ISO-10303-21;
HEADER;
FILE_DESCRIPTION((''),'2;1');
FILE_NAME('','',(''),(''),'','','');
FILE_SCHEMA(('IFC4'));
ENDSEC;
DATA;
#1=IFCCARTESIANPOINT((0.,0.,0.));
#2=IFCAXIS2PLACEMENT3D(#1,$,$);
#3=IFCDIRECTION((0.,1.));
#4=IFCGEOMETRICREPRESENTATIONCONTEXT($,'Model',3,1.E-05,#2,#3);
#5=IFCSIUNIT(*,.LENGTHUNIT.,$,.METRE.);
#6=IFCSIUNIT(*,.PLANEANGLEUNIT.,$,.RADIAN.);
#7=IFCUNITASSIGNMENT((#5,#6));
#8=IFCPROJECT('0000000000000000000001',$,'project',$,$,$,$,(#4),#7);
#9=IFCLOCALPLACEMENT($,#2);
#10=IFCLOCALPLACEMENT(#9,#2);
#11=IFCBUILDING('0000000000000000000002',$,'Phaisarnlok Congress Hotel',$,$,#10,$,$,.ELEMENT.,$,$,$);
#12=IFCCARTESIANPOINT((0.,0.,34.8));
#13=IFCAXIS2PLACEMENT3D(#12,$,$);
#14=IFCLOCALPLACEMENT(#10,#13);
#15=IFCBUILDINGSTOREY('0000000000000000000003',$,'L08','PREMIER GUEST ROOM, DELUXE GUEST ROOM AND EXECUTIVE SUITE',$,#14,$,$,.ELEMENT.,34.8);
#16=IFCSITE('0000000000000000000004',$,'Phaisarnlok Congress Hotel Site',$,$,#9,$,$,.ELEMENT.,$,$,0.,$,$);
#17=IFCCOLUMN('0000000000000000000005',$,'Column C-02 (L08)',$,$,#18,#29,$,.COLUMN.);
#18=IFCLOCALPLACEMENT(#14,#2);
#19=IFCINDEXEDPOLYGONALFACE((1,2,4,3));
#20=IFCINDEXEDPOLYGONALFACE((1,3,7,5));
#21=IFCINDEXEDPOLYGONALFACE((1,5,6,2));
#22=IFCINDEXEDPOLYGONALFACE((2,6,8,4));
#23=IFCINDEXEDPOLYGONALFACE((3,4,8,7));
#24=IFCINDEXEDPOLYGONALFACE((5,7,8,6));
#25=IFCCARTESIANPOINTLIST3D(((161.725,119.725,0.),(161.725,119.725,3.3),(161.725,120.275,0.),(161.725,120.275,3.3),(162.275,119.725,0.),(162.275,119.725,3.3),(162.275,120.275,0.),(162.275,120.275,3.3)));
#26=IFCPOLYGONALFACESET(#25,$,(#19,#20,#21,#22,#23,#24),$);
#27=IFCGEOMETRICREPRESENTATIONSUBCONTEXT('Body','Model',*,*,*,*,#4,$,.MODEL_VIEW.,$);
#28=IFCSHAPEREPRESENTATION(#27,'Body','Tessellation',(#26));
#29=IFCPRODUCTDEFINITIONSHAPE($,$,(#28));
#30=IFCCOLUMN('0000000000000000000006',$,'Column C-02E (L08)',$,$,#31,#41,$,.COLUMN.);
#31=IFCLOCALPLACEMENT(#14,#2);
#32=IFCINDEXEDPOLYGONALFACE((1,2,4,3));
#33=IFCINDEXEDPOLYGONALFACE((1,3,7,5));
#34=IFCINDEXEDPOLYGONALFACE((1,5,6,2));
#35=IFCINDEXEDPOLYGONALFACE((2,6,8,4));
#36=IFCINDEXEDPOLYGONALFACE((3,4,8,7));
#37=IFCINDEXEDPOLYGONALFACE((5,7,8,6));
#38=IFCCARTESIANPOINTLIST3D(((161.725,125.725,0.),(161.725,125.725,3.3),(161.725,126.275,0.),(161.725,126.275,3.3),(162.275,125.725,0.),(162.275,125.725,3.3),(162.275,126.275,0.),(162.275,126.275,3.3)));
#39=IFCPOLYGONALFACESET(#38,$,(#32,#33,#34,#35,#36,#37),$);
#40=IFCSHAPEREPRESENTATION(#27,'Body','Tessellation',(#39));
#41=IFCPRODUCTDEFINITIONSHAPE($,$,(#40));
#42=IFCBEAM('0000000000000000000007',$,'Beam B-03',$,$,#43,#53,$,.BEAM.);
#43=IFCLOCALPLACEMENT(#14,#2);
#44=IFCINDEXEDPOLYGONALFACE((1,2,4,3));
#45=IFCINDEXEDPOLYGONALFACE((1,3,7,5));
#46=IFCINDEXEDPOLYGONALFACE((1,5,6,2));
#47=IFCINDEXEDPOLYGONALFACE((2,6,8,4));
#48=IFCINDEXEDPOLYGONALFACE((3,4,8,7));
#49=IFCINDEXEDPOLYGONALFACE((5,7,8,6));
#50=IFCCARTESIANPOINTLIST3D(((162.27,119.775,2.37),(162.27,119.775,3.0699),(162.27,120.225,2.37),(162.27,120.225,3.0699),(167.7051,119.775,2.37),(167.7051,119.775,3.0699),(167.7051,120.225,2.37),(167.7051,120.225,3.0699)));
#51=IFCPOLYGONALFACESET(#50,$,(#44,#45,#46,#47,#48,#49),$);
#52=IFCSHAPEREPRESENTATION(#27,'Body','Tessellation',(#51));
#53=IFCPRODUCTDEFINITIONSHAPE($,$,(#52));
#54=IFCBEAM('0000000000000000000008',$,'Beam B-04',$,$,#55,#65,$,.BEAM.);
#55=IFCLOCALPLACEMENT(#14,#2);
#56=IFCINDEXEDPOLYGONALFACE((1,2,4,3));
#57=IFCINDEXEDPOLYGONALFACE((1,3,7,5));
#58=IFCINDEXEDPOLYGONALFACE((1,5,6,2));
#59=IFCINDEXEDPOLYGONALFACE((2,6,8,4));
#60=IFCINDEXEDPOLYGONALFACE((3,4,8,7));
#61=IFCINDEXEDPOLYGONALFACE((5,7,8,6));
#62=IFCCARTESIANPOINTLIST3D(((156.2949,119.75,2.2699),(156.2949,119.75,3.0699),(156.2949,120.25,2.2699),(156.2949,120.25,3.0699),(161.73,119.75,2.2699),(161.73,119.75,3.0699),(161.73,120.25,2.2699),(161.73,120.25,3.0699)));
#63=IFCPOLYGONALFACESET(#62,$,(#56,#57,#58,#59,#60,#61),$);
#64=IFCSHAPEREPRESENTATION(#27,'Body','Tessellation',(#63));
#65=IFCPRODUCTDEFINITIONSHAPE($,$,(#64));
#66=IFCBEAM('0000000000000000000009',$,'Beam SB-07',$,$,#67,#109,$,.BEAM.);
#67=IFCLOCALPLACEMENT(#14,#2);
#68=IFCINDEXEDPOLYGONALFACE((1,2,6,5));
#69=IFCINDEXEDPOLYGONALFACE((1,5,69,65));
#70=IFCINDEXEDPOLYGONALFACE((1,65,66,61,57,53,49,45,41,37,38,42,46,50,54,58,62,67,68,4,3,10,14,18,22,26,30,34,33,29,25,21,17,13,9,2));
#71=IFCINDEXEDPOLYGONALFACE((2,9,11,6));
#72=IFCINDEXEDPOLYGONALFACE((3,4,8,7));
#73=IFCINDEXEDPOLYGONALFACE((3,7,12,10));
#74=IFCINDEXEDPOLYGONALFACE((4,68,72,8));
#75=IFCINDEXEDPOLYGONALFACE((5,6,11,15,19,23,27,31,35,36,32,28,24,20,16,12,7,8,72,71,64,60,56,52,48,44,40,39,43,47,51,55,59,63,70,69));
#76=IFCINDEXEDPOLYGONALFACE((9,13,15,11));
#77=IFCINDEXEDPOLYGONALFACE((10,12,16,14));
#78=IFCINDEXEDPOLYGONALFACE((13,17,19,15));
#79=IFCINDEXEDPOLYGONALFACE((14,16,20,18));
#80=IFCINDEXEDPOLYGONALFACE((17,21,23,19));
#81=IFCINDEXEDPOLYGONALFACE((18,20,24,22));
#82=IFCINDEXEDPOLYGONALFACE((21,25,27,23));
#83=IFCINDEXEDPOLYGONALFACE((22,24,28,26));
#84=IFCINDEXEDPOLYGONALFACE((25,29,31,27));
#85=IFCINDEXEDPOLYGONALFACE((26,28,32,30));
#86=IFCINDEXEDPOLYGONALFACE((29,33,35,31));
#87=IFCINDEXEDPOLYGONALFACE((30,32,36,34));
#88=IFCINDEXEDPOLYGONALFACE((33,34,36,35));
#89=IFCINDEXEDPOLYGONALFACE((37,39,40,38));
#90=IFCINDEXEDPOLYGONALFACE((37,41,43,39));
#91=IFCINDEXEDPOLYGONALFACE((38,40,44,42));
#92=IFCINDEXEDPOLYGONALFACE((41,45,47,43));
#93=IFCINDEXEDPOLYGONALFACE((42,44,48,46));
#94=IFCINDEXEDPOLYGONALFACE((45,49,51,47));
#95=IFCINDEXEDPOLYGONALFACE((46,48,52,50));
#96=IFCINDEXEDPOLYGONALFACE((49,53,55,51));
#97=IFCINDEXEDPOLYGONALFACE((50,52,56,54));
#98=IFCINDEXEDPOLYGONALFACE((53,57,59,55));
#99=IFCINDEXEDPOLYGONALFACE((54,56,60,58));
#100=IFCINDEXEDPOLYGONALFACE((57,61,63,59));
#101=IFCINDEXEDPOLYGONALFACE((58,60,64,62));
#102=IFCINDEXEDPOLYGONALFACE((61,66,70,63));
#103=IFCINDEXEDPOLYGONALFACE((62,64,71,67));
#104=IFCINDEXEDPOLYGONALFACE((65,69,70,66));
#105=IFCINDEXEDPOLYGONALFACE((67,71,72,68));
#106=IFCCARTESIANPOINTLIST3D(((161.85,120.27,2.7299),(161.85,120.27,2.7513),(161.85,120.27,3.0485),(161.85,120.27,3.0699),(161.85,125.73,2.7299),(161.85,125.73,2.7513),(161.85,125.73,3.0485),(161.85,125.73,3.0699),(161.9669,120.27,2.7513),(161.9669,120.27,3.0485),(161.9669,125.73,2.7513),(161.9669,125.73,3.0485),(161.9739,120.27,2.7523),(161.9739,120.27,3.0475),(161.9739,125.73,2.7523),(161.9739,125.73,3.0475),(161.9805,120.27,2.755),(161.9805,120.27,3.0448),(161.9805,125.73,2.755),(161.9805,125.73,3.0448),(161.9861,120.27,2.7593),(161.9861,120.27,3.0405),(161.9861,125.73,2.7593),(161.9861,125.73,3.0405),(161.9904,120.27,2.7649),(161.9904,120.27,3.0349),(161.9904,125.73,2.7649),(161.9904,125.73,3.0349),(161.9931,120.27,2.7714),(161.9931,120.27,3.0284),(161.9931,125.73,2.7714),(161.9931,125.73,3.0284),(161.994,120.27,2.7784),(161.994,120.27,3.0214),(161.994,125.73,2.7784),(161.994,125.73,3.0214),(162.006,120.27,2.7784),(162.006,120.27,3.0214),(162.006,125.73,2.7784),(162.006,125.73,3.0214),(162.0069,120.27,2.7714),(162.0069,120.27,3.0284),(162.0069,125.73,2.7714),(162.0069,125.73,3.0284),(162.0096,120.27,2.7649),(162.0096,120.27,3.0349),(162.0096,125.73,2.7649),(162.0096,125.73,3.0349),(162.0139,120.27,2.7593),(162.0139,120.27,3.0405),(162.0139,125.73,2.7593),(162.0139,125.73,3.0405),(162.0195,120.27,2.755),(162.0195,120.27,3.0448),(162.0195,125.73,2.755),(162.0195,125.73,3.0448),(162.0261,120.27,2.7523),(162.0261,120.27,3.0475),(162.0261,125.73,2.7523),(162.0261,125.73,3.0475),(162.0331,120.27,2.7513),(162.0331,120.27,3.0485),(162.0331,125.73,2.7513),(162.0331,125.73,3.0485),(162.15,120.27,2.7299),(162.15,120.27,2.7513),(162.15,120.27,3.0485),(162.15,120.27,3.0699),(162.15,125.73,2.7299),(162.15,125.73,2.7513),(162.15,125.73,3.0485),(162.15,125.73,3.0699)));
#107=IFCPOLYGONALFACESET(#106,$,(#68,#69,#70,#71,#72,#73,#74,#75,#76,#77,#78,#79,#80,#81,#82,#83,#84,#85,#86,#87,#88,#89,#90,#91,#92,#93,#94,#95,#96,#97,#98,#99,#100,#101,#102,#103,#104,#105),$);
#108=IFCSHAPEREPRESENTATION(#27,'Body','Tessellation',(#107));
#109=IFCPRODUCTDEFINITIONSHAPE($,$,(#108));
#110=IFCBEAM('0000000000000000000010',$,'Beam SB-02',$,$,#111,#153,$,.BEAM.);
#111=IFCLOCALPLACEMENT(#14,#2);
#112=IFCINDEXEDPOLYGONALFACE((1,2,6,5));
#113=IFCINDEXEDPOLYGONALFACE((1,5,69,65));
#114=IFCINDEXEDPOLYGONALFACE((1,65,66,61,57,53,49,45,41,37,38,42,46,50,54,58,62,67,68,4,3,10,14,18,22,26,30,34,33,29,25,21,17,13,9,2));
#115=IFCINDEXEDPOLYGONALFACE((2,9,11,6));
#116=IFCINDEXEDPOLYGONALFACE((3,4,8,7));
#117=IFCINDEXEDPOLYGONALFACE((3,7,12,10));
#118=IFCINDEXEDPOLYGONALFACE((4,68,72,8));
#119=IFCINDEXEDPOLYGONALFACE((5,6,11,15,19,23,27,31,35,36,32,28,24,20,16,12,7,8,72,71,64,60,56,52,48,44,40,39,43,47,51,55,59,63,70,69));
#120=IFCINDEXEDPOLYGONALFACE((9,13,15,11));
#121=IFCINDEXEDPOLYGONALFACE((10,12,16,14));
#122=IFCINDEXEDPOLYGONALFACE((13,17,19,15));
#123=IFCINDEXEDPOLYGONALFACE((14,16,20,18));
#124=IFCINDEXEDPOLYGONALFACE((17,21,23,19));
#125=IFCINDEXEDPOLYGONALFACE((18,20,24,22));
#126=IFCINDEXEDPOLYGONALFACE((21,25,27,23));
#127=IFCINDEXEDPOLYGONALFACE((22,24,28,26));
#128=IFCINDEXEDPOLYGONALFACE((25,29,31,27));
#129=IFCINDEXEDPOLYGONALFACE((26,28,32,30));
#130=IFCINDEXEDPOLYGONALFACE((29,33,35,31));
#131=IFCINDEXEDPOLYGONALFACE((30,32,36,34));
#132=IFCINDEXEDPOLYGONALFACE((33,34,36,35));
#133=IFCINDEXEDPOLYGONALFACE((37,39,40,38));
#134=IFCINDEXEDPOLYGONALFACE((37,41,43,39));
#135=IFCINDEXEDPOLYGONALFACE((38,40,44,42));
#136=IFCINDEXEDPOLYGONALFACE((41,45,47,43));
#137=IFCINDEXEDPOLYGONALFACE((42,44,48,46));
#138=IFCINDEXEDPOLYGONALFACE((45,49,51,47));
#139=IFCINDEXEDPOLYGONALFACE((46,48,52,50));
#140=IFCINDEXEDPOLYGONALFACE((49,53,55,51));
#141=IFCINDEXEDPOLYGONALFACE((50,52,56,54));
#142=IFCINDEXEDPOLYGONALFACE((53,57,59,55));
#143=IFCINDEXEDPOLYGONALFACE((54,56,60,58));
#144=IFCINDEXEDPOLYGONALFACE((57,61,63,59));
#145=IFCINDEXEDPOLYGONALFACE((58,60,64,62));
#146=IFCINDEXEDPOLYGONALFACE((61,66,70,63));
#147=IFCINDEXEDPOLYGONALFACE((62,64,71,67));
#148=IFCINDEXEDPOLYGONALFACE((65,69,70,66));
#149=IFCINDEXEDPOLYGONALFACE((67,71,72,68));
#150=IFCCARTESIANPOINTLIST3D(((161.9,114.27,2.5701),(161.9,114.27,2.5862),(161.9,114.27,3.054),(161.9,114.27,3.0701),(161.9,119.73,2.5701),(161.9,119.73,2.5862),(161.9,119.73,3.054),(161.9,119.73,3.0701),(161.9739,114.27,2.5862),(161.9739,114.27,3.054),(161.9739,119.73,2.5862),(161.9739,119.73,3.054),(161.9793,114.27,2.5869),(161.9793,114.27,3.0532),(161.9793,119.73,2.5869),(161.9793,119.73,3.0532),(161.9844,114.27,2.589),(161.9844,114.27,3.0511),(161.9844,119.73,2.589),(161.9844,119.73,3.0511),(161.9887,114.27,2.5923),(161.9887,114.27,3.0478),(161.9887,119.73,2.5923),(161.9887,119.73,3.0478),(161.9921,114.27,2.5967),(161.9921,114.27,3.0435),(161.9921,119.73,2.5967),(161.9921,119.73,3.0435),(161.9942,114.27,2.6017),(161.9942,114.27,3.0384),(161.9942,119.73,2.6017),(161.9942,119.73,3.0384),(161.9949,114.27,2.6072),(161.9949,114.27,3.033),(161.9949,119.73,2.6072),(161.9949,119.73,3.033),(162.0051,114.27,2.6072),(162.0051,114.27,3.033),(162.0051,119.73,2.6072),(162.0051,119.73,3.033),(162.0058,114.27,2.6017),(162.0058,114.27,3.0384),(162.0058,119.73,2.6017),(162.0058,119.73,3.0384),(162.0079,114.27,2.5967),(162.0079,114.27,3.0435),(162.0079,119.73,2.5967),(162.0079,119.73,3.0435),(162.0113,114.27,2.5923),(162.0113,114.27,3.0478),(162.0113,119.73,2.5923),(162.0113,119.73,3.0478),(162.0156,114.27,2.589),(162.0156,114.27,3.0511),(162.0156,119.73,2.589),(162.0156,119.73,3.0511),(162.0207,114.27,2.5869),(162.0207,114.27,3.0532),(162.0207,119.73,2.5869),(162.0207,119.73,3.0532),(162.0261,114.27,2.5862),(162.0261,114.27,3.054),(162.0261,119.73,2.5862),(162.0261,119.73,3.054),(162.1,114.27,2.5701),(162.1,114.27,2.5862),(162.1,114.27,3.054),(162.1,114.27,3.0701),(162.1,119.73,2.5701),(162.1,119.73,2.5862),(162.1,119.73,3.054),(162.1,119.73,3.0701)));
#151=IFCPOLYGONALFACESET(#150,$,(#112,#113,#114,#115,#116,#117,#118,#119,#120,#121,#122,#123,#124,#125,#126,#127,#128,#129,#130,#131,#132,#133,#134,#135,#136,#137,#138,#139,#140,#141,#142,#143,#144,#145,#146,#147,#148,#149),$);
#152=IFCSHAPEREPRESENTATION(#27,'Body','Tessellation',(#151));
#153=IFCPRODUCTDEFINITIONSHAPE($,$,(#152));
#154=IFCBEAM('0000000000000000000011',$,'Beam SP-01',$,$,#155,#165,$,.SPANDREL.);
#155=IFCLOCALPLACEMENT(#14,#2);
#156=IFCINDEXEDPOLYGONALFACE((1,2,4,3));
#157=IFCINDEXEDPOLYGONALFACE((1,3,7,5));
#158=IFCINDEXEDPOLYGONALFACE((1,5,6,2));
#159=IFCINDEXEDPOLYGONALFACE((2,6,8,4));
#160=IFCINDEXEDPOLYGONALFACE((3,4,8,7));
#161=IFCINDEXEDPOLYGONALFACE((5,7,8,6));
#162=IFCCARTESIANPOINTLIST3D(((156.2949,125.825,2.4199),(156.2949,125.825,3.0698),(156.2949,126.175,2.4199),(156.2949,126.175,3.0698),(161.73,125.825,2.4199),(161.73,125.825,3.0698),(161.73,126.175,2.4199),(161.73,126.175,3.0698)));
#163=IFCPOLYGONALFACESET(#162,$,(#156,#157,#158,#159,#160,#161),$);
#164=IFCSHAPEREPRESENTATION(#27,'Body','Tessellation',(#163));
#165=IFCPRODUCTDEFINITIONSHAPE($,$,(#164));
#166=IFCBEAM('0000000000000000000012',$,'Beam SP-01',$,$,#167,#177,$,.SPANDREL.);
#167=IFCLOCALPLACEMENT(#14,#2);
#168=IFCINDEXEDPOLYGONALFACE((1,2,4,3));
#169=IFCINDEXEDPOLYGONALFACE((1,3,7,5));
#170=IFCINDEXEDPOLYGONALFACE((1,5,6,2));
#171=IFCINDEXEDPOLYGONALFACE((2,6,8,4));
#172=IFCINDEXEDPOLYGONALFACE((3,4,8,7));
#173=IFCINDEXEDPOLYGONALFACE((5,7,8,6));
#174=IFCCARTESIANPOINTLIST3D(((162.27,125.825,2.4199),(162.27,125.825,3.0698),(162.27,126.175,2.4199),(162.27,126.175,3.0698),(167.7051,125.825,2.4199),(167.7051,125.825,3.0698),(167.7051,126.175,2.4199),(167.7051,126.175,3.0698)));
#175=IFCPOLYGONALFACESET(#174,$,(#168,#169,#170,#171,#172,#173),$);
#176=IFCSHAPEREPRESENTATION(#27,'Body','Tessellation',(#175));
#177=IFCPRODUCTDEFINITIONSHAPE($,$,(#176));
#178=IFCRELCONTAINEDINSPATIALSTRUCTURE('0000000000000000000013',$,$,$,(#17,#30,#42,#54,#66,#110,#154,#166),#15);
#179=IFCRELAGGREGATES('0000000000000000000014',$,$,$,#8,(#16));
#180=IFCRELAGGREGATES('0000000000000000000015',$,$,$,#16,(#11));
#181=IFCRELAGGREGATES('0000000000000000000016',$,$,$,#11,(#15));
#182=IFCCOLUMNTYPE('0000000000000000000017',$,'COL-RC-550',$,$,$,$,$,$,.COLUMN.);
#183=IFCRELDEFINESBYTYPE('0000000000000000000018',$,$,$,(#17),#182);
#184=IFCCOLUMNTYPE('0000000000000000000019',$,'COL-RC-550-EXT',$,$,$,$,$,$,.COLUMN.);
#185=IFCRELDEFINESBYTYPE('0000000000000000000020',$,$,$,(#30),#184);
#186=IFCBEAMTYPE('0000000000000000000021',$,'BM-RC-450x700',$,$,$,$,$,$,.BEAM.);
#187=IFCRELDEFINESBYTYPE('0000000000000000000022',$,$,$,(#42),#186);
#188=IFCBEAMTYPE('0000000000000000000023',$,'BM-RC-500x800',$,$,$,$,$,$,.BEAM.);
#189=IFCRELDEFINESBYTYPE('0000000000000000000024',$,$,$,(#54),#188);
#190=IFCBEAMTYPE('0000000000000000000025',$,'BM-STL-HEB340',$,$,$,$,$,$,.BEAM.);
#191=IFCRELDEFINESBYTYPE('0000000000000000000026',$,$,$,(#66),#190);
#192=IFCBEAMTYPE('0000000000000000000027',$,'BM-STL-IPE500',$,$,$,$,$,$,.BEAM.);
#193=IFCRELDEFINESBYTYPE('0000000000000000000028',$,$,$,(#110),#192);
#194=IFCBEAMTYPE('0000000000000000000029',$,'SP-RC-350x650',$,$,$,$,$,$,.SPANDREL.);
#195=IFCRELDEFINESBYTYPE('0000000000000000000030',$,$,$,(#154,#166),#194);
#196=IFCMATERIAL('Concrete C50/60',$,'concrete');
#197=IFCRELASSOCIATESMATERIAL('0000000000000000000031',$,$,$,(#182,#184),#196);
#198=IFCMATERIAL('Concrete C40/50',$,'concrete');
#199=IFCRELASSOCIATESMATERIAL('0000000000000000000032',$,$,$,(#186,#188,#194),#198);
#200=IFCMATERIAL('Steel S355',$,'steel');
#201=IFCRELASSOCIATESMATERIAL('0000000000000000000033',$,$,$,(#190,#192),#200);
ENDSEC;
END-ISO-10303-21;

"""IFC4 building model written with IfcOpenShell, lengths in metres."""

from ifc_helpers import new_model, si_unit, direction, frame, origin, origin_2d, place, context, subcontext, project, spatial, rectangle, i_section, extrude, material, material_profile, profile_set, type_object, element, save


model = new_model("IFC4")

# Units and contexts
model_context = context("Model", 3, precision=1e-05, world=origin(), true_north=direction((0.0, 1.0)))
body_context = subcontext(model_context, "Body", "Model", "MODEL_VIEW")
ifc_project = project(units=[si_unit("LENGTHUNIT", "METRE"), si_unit("PLANEANGLEUNIT", "RADIAN")], contexts=[model_context])

# Site, building, storey
site_placement = place(None, origin())
site = spatial("IfcSite", under=ifc_project, at=site_placement, Name="Phaisarnlok Congress Hotel Site", CompositionType="ELEMENT", RefElevation=0.0)
building_placement = place(site_placement, origin())
building = spatial("IfcBuilding", under=site, at=building_placement, Name="Phaisarnlok Congress Hotel", CompositionType="ELEMENT")
storey_placement = place(building_placement, frame((0.0, 0.0, 34.8)))
storey = spatial("IfcBuildingStorey", under=building, at=storey_placement, Name="L08", Description="PREMIER GUEST ROOM, DELUXE GUEST ROOM AND EXECUTIVE SUITE", CompositionType="ELEMENT", Elevation=34.8)

# Columns
ifc_material_1 = material(Name="Concrete C50/60", Category="concrete")
ifc_material_profile_1 = material_profile(ifc_material_1, rectangle(XDim=0.55, YDim=0.55, at=origin_2d()), Name="RC 550x550")
ifc_profile_set_1 = profile_set([ifc_material_profile_1], Name="Concrete C50/60")
column_type_1 = type_object("IfcColumnType", Name="COL-RC-550", PredefinedType="COLUMN", material=ifc_profile_set_1)
column_1_placement = place(storey_placement, frame((162.0, 120.0, 0.0), z_axis=(0.0, 0.0, 1.0), x_axis=(1.0, 0.0, 0.0)))
element("IfcColumn", 1, at=column_1_placement, inside=storey, type_object=column_type_1, Name="Column C-02 (L08)", PredefinedType="COLUMN", context=body_context, shape_type="SweptSolid", body=[
    extrude(rectangle(XDim=0.55, YDim=0.55, at=origin_2d()), origin(), (0.0, 0.0, 1.0), 3.3),
])
ifc_material_profile_2 = material_profile(ifc_material_1, rectangle(XDim=0.55, YDim=0.55, at=origin_2d()), Name="RC 550x550")
ifc_profile_set_2 = profile_set([ifc_material_profile_2], Name="Concrete C50/60")
column_type_2 = type_object("IfcColumnType", Name="COL-RC-550-EXT", PredefinedType="COLUMN", material=ifc_profile_set_2)
column_2_placement = place(storey_placement, frame((162.0, 126.0, 0.0), z_axis=(0.0, 0.0, 1.0), x_axis=(1.0, 0.0, 0.0)))
element("IfcColumn", 2, at=column_2_placement, inside=storey, type_object=column_type_2, Name="Column C-02E (L08)", PredefinedType="COLUMN", context=body_context, shape_type="SweptSolid", body=[
    extrude(rectangle(XDim=0.55, YDim=0.55, at=origin_2d()), origin(), (0.0, 0.0, 1.0), 3.3),
])

# Beams
ifc_material_2 = material(Name="Concrete C40/50", Category="concrete")
ifc_material_profile_3 = material_profile(ifc_material_2, rectangle(XDim=0.45, YDim=0.7, at=origin_2d()), Name="RC 450x700")
ifc_profile_set_3 = profile_set([ifc_material_profile_3], Name="Concrete C40/50")
beam_type_1 = type_object("IfcBeamType", Name="BM-RC-450x700", PredefinedType="BEAM", material=ifc_profile_set_3)
beam_1_placement = place(storey_placement, frame((162.27, 120.0, 2.72), z_axis=(1.0, 0.0, 0.0), x_axis=(0.0, 1.0, 0.0)))
element("IfcBeam", 3, at=beam_1_placement, inside=storey, type_object=beam_type_1, Name="Beam B-03", PredefinedType="BEAM", context=body_context, shape_type="SweptSolid", body=[
    extrude(rectangle(XDim=0.45, YDim=0.7, at=origin_2d()), origin(), (0.0, 0.0, 1.0), 5.4351),
])
ifc_material_profile_4 = material_profile(ifc_material_2, rectangle(XDim=0.5, YDim=0.8, at=origin_2d()), Name="RC 500x800")
ifc_profile_set_4 = profile_set([ifc_material_profile_4], Name="Concrete C40/50")
beam_type_2 = type_object("IfcBeamType", Name="BM-RC-500x800", PredefinedType="BEAM", material=ifc_profile_set_4)
beam_2_placement = place(storey_placement, frame((156.2949, 120.0, 2.6699), z_axis=(1.0, 0.0, 0.0), x_axis=(0.0, 1.0, 0.0)))
element("IfcBeam", 4, at=beam_2_placement, inside=storey, type_object=beam_type_2, Name="Beam B-04", PredefinedType="BEAM", context=body_context, shape_type="SweptSolid", body=[
    extrude(rectangle(XDim=0.5, YDim=0.8, at=origin_2d()), origin(), (0.0, 0.0, 1.0), 5.4351),
])
ifc_material_3 = material(Name="Steel S355", Category="steel")
ifc_material_profile_5 = material_profile(ifc_material_3, i_section(OverallWidth=0.3, OverallDepth=0.3401, WebThickness=0.012, FlangeThickness=0.0215, FilletRadius=0.0271, at=origin_2d()), Name="HEB 340")
ifc_profile_set_5 = profile_set([ifc_material_profile_5], Name="Steel S355")
beam_type_3 = type_object("IfcBeamType", Name="BM-STL-HEB340", PredefinedType="BEAM", material=ifc_profile_set_5)
beam_3_placement = place(storey_placement, frame((162.0, 120.27, 2.8999), z_axis=(0.0, 1.0, 0.0), x_axis=(-1.0, 0.0, 0.0)))
element("IfcBeam", 5, at=beam_3_placement, inside=storey, type_object=beam_type_3, Name="Beam SB-07", PredefinedType="BEAM", context=body_context, shape_type="SweptSolid", body=[
    extrude(i_section(OverallWidth=0.3, OverallDepth=0.3401, WebThickness=0.012, FlangeThickness=0.0215, FilletRadius=0.0271, at=origin_2d()), origin(), (0.0, 0.0, 1.0), 5.46),
])
ifc_material_profile_6 = material_profile(ifc_material_3, i_section(OverallWidth=0.2, OverallDepth=0.5, WebThickness=0.0103, FlangeThickness=0.0161, FilletRadius=0.021, at=origin_2d()), Name="IPE 500")
ifc_profile_set_6 = profile_set([ifc_material_profile_6], Name="Steel S355")
beam_type_4 = type_object("IfcBeamType", Name="BM-STL-IPE500", PredefinedType="BEAM", material=ifc_profile_set_6)
beam_4_placement = place(storey_placement, frame((162.0, 114.27, 2.8201), z_axis=(0.0, 1.0, 0.0), x_axis=(-1.0, 0.0, 0.0)))
element("IfcBeam", 6, at=beam_4_placement, inside=storey, type_object=beam_type_4, Name="Beam SB-02", PredefinedType="BEAM", context=body_context, shape_type="SweptSolid", body=[
    extrude(i_section(OverallWidth=0.2, OverallDepth=0.5, WebThickness=0.0103, FlangeThickness=0.0161, FilletRadius=0.021, at=origin_2d()), origin(), (0.0, 0.0, 1.0), 5.46),
])
ifc_material_profile_7 = material_profile(ifc_material_2, rectangle(XDim=0.3501, YDim=0.6499, at=origin_2d()), Name="RC 350x650")
ifc_profile_set_7 = profile_set([ifc_material_profile_7], Name="Concrete C40/50")
beam_type_5 = type_object("IfcBeamType", Name="SP-RC-350x650", PredefinedType="SPANDREL", material=ifc_profile_set_7)
for number, where, z_axis, x_axis, name in (
    (7, (156.2949, 126.0, 2.7449), (1.0, 0.0, 0.0), (0.0, 1.0, 0.0), "Beam SP-01"),
    (8, (162.27, 126.0, 2.7449), (1.0, 0.0, 0.0), (0.0, 1.0, 0.0), "Beam SP-01"),
):
    element("IfcBeam", number, at=place(storey_placement, frame(where, z_axis=z_axis, x_axis=x_axis)), inside=storey, type_object=beam_type_5, Name=name, PredefinedType="SPANDREL", context=body_context, shape_type="SweptSolid", body=[
        extrude(rectangle(XDim=0.3501, YDim=0.6499, at=origin_2d()), origin(), (0.0, 0.0, 1.0), 5.4351),
    ])

save(model, "model.ifc")
